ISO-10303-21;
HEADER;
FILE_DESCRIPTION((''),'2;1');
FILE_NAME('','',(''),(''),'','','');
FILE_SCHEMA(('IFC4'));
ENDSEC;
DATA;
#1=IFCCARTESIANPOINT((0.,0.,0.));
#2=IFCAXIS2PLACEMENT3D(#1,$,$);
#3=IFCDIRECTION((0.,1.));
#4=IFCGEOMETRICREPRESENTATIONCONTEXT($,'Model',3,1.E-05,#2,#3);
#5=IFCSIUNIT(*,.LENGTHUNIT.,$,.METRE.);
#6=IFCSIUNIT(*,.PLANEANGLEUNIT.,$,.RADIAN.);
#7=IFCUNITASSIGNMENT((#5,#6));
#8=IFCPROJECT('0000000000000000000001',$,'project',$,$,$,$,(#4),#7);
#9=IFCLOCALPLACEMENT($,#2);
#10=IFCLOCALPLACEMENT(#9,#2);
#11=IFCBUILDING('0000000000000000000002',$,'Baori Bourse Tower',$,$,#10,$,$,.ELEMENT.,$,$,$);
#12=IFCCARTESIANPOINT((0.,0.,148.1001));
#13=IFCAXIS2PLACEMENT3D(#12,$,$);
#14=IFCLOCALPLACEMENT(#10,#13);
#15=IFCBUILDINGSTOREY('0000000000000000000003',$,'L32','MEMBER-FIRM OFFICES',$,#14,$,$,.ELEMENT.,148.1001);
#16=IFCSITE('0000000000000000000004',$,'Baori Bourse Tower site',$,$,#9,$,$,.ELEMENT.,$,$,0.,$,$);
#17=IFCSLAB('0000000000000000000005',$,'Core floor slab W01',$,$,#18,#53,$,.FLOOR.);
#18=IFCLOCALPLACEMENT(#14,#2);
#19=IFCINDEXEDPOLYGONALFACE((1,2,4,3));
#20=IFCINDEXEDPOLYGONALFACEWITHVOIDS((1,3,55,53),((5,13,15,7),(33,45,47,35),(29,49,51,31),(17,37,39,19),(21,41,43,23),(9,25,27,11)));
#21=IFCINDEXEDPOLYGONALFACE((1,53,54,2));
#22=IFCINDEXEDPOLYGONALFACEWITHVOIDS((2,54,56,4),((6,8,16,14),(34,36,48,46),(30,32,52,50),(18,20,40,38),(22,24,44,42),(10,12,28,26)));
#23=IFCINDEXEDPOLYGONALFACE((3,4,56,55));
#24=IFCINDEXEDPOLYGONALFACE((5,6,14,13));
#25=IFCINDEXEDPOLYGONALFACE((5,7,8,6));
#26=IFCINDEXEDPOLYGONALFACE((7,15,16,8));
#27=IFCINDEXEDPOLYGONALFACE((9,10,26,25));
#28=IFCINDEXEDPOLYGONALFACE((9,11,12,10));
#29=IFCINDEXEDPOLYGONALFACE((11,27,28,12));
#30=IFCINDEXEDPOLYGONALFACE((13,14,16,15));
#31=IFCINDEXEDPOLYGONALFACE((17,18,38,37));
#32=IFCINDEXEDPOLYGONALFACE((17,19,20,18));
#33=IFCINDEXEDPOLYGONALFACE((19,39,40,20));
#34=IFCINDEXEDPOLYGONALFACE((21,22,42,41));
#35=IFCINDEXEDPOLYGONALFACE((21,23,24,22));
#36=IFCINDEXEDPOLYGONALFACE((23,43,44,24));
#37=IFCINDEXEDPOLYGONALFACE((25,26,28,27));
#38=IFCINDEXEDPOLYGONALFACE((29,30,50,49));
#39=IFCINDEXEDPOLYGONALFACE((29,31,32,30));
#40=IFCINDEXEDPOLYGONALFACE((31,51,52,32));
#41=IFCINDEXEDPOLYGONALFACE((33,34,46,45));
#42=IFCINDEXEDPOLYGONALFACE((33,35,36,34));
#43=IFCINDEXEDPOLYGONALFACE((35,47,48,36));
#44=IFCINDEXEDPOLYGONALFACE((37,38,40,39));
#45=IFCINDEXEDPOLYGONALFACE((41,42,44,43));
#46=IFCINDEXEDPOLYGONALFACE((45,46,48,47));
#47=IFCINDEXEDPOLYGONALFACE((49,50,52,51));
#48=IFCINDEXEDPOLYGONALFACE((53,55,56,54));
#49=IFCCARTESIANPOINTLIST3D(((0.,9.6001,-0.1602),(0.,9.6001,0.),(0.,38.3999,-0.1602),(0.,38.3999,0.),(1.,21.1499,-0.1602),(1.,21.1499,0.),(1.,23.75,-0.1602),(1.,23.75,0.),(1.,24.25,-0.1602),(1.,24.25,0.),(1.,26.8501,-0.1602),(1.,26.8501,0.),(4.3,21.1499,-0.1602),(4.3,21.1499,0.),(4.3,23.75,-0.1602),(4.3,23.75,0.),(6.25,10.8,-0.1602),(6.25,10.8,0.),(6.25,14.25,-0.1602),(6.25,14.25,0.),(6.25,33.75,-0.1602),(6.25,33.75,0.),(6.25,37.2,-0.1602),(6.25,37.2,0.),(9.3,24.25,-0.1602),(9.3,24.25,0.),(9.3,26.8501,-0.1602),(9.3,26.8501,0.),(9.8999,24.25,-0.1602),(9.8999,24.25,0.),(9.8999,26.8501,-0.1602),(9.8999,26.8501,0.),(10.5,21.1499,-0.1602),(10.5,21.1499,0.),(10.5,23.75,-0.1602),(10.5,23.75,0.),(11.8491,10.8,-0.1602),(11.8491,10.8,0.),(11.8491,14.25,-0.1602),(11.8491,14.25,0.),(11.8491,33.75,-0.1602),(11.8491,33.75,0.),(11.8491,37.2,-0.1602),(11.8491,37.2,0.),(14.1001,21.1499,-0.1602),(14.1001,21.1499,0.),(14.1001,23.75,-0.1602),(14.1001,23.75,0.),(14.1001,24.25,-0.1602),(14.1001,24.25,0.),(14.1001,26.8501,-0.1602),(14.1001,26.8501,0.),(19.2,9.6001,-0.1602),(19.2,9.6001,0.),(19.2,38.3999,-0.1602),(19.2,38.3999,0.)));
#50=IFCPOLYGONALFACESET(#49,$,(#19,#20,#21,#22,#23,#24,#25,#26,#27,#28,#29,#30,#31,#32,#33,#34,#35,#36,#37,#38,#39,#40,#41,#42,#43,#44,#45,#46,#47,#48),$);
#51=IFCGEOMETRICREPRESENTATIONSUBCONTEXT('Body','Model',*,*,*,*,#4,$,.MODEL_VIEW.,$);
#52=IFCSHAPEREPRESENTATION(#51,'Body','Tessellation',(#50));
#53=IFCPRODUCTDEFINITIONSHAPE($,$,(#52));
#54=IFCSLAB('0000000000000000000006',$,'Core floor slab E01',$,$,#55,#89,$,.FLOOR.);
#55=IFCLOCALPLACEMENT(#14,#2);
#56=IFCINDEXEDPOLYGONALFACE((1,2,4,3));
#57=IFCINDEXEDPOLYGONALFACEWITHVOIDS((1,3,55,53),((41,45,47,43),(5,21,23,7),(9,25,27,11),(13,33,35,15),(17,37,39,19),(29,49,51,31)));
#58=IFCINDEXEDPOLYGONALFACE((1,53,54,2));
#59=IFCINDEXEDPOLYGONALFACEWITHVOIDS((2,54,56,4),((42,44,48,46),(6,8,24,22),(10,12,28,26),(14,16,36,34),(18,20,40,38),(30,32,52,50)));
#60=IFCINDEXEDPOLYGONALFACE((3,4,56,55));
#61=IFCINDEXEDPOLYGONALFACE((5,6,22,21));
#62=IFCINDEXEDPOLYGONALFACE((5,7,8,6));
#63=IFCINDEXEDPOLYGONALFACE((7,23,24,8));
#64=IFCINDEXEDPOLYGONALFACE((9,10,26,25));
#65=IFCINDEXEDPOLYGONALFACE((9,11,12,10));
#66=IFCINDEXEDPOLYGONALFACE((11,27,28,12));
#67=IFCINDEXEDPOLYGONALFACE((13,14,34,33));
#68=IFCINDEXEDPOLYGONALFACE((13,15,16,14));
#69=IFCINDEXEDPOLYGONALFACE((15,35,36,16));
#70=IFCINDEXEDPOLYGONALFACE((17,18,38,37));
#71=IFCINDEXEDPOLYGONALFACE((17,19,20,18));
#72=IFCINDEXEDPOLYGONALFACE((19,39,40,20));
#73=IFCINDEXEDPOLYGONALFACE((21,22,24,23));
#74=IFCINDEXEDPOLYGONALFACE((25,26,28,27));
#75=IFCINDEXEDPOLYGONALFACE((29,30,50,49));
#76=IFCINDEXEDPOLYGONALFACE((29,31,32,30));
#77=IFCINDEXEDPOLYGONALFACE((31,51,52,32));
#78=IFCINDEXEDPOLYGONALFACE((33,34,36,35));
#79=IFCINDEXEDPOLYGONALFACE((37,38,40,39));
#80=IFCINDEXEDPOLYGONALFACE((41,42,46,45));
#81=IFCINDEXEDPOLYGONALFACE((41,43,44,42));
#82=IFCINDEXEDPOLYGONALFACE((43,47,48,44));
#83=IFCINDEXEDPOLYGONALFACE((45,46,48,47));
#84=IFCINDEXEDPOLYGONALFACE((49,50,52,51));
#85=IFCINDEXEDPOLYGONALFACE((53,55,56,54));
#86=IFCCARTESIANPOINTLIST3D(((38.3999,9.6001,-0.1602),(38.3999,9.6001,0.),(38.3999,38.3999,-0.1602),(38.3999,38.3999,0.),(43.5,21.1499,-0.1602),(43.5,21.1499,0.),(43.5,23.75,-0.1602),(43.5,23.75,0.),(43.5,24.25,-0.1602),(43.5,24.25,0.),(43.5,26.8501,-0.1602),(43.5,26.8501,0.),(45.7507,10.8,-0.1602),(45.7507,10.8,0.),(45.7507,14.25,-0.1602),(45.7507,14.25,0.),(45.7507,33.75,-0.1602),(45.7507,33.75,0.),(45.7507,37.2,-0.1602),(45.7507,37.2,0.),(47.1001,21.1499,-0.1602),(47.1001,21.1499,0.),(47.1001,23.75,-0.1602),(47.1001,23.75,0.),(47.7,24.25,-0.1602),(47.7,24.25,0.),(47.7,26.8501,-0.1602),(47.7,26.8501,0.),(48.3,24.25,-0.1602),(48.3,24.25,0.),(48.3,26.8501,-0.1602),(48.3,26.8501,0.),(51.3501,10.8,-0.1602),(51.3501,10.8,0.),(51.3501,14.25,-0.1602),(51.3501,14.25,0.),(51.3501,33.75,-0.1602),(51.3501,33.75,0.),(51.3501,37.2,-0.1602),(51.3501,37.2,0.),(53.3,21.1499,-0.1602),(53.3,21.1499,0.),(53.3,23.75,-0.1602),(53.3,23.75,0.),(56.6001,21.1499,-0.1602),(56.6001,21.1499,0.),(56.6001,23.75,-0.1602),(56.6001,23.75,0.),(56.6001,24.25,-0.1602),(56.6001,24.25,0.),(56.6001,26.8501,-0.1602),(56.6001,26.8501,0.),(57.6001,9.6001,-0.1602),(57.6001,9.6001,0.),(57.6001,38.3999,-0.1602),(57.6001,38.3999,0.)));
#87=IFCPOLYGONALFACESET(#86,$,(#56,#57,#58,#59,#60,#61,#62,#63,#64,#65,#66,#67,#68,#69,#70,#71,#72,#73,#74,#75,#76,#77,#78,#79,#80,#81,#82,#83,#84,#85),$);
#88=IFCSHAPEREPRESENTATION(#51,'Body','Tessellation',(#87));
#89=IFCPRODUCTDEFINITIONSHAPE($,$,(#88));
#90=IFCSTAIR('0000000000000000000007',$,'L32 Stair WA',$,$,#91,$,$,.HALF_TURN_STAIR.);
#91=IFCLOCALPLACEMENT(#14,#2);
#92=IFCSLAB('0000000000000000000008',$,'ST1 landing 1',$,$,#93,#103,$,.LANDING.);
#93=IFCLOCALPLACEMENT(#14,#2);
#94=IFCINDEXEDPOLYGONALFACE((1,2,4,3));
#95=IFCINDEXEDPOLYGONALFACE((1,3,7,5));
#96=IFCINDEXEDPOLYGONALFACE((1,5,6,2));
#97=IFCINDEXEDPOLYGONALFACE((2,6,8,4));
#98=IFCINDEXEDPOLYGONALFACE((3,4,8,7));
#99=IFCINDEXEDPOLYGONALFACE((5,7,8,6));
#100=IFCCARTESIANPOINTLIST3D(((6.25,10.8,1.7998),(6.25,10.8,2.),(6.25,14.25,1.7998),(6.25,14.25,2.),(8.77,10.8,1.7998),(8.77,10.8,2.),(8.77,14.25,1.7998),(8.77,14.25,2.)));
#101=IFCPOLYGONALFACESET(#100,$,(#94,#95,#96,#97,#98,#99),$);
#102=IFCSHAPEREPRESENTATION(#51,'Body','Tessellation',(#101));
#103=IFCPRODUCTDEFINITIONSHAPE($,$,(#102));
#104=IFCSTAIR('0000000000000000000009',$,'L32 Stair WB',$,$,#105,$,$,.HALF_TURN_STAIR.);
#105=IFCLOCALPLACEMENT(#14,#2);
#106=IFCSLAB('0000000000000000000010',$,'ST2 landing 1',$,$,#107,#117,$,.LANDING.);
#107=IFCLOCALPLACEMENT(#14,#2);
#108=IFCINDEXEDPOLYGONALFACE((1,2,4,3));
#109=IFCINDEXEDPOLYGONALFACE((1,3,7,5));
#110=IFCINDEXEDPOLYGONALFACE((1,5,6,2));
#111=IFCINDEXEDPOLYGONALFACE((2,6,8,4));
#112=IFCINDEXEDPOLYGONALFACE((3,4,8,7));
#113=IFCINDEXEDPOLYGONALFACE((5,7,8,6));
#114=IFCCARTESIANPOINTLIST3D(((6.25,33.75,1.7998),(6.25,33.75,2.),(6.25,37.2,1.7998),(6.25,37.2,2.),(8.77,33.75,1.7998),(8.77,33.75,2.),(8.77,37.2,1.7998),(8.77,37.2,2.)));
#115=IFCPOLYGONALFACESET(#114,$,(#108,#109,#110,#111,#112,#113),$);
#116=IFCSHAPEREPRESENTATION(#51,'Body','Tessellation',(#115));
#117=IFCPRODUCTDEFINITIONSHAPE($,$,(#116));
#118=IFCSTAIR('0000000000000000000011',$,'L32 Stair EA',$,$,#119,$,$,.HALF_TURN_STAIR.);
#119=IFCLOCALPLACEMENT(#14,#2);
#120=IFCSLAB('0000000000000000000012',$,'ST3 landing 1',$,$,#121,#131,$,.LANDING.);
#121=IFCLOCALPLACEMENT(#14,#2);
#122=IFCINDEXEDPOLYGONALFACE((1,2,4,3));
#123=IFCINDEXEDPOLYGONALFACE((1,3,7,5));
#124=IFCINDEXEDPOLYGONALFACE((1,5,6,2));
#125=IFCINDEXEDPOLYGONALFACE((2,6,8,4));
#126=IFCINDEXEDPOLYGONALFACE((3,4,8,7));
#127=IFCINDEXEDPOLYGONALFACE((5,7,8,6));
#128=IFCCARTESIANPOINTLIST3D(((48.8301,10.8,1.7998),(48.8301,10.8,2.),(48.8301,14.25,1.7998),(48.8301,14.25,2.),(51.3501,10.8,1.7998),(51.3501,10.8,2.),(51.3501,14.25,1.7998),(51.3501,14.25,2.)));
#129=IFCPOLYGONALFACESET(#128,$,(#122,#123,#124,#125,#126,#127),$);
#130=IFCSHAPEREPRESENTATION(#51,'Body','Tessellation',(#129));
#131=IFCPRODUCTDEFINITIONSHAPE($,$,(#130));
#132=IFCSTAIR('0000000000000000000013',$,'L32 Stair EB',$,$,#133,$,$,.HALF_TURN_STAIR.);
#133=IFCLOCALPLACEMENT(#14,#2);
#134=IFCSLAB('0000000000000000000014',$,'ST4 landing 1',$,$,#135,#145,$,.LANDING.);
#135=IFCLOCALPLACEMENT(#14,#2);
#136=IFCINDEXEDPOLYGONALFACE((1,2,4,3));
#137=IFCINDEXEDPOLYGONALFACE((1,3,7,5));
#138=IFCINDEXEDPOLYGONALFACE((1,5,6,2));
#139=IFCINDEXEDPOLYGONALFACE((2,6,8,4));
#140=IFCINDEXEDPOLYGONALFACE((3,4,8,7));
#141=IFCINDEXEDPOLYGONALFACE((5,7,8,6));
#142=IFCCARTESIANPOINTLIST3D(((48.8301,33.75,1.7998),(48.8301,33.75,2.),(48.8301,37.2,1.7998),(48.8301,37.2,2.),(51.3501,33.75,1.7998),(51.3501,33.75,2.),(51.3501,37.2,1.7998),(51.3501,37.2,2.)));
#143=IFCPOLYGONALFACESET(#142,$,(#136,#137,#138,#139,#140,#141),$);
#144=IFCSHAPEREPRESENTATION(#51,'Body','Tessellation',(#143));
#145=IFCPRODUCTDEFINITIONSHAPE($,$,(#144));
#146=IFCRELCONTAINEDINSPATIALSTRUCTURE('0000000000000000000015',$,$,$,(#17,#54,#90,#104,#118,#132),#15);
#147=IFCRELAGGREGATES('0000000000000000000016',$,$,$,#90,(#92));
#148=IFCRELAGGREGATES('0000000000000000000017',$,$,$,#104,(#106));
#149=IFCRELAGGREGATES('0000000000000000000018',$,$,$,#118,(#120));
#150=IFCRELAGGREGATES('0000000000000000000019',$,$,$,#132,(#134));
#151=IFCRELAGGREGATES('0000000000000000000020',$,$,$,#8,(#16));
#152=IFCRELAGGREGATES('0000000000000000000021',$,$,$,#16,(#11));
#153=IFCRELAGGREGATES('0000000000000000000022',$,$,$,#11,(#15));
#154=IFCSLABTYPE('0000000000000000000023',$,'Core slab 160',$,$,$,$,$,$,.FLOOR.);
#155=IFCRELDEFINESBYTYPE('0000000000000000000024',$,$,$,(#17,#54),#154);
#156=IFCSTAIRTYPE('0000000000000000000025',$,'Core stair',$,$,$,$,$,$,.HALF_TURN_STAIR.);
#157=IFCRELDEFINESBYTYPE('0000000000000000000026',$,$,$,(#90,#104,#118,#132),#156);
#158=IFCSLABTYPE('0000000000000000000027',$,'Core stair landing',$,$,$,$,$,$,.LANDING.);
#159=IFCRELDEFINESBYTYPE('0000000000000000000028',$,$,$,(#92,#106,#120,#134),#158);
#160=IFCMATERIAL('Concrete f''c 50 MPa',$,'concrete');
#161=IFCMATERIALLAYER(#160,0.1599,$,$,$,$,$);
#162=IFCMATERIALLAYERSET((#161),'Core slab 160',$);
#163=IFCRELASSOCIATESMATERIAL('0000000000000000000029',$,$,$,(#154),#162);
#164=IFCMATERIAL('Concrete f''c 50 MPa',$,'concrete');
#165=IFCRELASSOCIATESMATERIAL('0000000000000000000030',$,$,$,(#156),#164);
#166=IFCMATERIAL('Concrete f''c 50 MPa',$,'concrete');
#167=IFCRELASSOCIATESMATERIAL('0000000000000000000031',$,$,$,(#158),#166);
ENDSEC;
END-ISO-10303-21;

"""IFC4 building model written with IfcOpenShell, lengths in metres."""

from ifc_helpers import new_model, si_unit, direction, frame, origin, place, context, subcontext, project, spatial, polyline, outline, extrude, material, layer, layer_set, type_object, element, aggregate, save


model = new_model("IFC4")

# Units and contexts
model_context = context("Model", 3, precision=1e-05, world=origin(), true_north=direction((0.0, 1.0)))
body_context = subcontext(model_context, "Body", "Model", "MODEL_VIEW")
ifc_project = project(units=[si_unit("LENGTHUNIT", "METRE"), si_unit("PLANEANGLEUNIT", "RADIAN")], contexts=[model_context])

# Site, building, storey
site_placement = place(None, origin())
site = spatial("IfcSite", under=ifc_project, at=site_placement, Name="Baori Bourse Tower site", CompositionType="ELEMENT", RefElevation=0.0)
building_placement = place(site_placement, origin())
building = spatial("IfcBuilding", under=site, at=building_placement, Name="Baori Bourse Tower", CompositionType="ELEMENT")
storey_placement = place(building_placement, frame((0.0, 0.0, 148.1001)))
storey = spatial("IfcBuildingStorey", under=building, at=storey_placement, Name="L32", Description="MEMBER-FIRM OFFICES", CompositionType="ELEMENT", Elevation=148.1001)

# Slabs
ifc_material_1 = material(Name="Concrete f'c 50 MPa", Category="concrete")
ifc_layer_1 = layer(ifc_material_1, 0.1599)
ifc_layer_set_1 = layer_set([ifc_layer_1], Name="Core slab 160")
slab_type_1 = type_object("IfcSlabType", Name="Core slab 160", PredefinedType="FLOOR", material=ifc_layer_set_1)
slab_1_placement = place(storey_placement, frame((0.0, 0.0, -0.1602)))
element("IfcSlab", 1, at=slab_1_placement, inside=storey, type_object=slab_type_1, Name="Core floor slab W01", PredefinedType="FLOOR", context=body_context, shape_type="SweptSolid", body=[
    extrude(outline(polyline([(0.0, 38.3999), (0.0, 9.6001), (19.2, 9.6001), (19.2, 38.3999), (0.0, 38.3999)]), holes=[polyline([(10.5, 21.1499), (10.5, 23.75), (14.1001, 23.75), (14.1001, 21.1499), (10.5, 21.1499)]), polyline([(14.1001, 24.25), (9.8999, 24.25), (9.8999, 26.8501), (14.1001, 26.8501), (14.1001, 24.25)]), polyline([(6.25, 14.25), (11.8491, 14.25), (11.8491, 10.8), (6.25, 10.8), (6.25, 14.25)]), polyline([(11.8491, 37.2), (11.8491, 33.75), (6.25, 33.75), (6.25, 37.2), (11.8491, 37.2)]), polyline([(1.0, 26.8501), (9.3, 26.8501), (9.3, 24.25), (1.0, 24.25), (1.0, 26.8501)]), polyline([(4.3, 23.75), (4.3, 21.1499), (1.0, 21.1499), (1.0, 23.75), (4.3, 23.75)])]), origin(), (0.0, 0.0, 1.0), 0.1602),
])
slab_2_placement = place(storey_placement, frame((0.0, 0.0, -0.1602)))
element("IfcSlab", 2, at=slab_2_placement, inside=storey, type_object=slab_type_1, Name="Core floor slab E01", PredefinedType="FLOOR", context=body_context, shape_type="SweptSolid", body=[
    extrude(outline(polyline([(57.6001, 38.3999), (38.3999, 38.3999), (38.3999, 9.6001), (57.6001, 9.6001), (57.6001, 38.3999)]), holes=[polyline([(56.6001, 21.1499), (53.3, 21.1499), (53.3, 23.75), (56.6001, 23.75), (56.6001, 21.1499)]), polyline([(56.6001, 26.8501), (56.6001, 24.25), (48.3, 24.25), (48.3, 26.8501), (56.6001, 26.8501)]), polyline([(45.7507, 14.25), (51.3501, 14.25), (51.3501, 10.8), (45.7507, 10.8), (45.7507, 14.25)]), polyline([(51.3501, 37.2), (51.3501, 33.75), (45.7507, 33.75), (45.7507, 37.2), (51.3501, 37.2)]), polyline([(43.5, 24.25), (43.5, 26.8501), (47.7, 26.8501), (47.7, 24.25), (43.5, 24.25)]), polyline([(43.5, 23.75), (47.1001, 23.75), (47.1001, 21.1499), (43.5, 21.1499), (43.5, 23.75)])]), origin(), (0.0, 0.0, 1.0), 0.1602),
])

# Stairs, slabs
ifc_material_2 = material(Name="Concrete f'c 50 MPa", Category="concrete")
stair_type = type_object("IfcStairType", Name="Core stair", PredefinedType="HALF_TURN_STAIR", material=ifc_material_2)
stair_1_placement = place(storey_placement, origin())
stair_1 = element("IfcStair", 3, at=stair_1_placement, inside=storey, type_object=stair_type, Name="L32 Stair WA", PredefinedType="HALF_TURN_STAIR")
ifc_material_3 = material(Name="Concrete f'c 50 MPa", Category="concrete")
slab_type_2 = type_object("IfcSlabType", Name="Core stair landing", PredefinedType="LANDING", material=ifc_material_3)
slab_3_placement = place(storey_placement, frame((0.0, 0.0, 1.7998)))
slab_3 = element("IfcSlab", 4, at=slab_3_placement, type_object=slab_type_2, Name="ST1 landing 1", PredefinedType="LANDING", context=body_context, shape_type="SweptSolid", body=[
    extrude(outline(polyline([(8.77, 14.25), (6.25, 14.25), (6.25, 10.8), (8.77, 10.8), (8.77, 14.25)])), origin(), (0.0, 0.0, 1.0), 0.2002),
])
aggregate(stair_1, [slab_3])
stair_2_placement = place(storey_placement, origin())
stair_2 = element("IfcStair", 5, at=stair_2_placement, inside=storey, type_object=stair_type, Name="L32 Stair WB", PredefinedType="HALF_TURN_STAIR")
slab_4_placement = place(storey_placement, frame((0.0, 0.0, 1.7998)))
slab_4 = element("IfcSlab", 6, at=slab_4_placement, type_object=slab_type_2, Name="ST2 landing 1", PredefinedType="LANDING", context=body_context, shape_type="SweptSolid", body=[
    extrude(outline(polyline([(8.77, 37.2), (6.25, 37.2), (6.25, 33.75), (8.77, 33.75), (8.77, 37.2)])), origin(), (0.0, 0.0, 1.0), 0.2002),
])
aggregate(stair_2, [slab_4])
stair_3_placement = place(storey_placement, origin())
stair_3 = element("IfcStair", 7, at=stair_3_placement, inside=storey, type_object=stair_type, Name="L32 Stair EA", PredefinedType="HALF_TURN_STAIR")
slab_5_placement = place(storey_placement, frame((0.0, 0.0, 1.7998)))
slab_5 = element("IfcSlab", 8, at=slab_5_placement, type_object=slab_type_2, Name="ST3 landing 1", PredefinedType="LANDING", context=body_context, shape_type="SweptSolid", body=[
    extrude(outline(polyline([(48.8301, 10.8), (51.3501, 10.8), (51.3501, 14.25), (48.8301, 14.25), (48.8301, 10.8)])), origin(), (0.0, 0.0, 1.0), 0.2002),
])
aggregate(stair_3, [slab_5])
stair_4_placement = place(storey_placement, origin())
stair_4 = element("IfcStair", 9, at=stair_4_placement, inside=storey, type_object=stair_type, Name="L32 Stair EB", PredefinedType="HALF_TURN_STAIR")
slab_6_placement = place(storey_placement, frame((0.0, 0.0, 1.7998)))
slab_6 = element("IfcSlab", 10, at=slab_6_placement, type_object=slab_type_2, Name="ST4 landing 1", PredefinedType="LANDING", context=body_context, shape_type="SweptSolid", body=[
    extrude(outline(polyline([(48.8301, 33.75), (51.3501, 33.75), (51.3501, 37.2), (48.8301, 37.2), (48.8301, 33.75)])), origin(), (0.0, 0.0, 1.0), 0.2002),
])
aggregate(stair_4, [slab_6])

save(model, "model.ifc")
